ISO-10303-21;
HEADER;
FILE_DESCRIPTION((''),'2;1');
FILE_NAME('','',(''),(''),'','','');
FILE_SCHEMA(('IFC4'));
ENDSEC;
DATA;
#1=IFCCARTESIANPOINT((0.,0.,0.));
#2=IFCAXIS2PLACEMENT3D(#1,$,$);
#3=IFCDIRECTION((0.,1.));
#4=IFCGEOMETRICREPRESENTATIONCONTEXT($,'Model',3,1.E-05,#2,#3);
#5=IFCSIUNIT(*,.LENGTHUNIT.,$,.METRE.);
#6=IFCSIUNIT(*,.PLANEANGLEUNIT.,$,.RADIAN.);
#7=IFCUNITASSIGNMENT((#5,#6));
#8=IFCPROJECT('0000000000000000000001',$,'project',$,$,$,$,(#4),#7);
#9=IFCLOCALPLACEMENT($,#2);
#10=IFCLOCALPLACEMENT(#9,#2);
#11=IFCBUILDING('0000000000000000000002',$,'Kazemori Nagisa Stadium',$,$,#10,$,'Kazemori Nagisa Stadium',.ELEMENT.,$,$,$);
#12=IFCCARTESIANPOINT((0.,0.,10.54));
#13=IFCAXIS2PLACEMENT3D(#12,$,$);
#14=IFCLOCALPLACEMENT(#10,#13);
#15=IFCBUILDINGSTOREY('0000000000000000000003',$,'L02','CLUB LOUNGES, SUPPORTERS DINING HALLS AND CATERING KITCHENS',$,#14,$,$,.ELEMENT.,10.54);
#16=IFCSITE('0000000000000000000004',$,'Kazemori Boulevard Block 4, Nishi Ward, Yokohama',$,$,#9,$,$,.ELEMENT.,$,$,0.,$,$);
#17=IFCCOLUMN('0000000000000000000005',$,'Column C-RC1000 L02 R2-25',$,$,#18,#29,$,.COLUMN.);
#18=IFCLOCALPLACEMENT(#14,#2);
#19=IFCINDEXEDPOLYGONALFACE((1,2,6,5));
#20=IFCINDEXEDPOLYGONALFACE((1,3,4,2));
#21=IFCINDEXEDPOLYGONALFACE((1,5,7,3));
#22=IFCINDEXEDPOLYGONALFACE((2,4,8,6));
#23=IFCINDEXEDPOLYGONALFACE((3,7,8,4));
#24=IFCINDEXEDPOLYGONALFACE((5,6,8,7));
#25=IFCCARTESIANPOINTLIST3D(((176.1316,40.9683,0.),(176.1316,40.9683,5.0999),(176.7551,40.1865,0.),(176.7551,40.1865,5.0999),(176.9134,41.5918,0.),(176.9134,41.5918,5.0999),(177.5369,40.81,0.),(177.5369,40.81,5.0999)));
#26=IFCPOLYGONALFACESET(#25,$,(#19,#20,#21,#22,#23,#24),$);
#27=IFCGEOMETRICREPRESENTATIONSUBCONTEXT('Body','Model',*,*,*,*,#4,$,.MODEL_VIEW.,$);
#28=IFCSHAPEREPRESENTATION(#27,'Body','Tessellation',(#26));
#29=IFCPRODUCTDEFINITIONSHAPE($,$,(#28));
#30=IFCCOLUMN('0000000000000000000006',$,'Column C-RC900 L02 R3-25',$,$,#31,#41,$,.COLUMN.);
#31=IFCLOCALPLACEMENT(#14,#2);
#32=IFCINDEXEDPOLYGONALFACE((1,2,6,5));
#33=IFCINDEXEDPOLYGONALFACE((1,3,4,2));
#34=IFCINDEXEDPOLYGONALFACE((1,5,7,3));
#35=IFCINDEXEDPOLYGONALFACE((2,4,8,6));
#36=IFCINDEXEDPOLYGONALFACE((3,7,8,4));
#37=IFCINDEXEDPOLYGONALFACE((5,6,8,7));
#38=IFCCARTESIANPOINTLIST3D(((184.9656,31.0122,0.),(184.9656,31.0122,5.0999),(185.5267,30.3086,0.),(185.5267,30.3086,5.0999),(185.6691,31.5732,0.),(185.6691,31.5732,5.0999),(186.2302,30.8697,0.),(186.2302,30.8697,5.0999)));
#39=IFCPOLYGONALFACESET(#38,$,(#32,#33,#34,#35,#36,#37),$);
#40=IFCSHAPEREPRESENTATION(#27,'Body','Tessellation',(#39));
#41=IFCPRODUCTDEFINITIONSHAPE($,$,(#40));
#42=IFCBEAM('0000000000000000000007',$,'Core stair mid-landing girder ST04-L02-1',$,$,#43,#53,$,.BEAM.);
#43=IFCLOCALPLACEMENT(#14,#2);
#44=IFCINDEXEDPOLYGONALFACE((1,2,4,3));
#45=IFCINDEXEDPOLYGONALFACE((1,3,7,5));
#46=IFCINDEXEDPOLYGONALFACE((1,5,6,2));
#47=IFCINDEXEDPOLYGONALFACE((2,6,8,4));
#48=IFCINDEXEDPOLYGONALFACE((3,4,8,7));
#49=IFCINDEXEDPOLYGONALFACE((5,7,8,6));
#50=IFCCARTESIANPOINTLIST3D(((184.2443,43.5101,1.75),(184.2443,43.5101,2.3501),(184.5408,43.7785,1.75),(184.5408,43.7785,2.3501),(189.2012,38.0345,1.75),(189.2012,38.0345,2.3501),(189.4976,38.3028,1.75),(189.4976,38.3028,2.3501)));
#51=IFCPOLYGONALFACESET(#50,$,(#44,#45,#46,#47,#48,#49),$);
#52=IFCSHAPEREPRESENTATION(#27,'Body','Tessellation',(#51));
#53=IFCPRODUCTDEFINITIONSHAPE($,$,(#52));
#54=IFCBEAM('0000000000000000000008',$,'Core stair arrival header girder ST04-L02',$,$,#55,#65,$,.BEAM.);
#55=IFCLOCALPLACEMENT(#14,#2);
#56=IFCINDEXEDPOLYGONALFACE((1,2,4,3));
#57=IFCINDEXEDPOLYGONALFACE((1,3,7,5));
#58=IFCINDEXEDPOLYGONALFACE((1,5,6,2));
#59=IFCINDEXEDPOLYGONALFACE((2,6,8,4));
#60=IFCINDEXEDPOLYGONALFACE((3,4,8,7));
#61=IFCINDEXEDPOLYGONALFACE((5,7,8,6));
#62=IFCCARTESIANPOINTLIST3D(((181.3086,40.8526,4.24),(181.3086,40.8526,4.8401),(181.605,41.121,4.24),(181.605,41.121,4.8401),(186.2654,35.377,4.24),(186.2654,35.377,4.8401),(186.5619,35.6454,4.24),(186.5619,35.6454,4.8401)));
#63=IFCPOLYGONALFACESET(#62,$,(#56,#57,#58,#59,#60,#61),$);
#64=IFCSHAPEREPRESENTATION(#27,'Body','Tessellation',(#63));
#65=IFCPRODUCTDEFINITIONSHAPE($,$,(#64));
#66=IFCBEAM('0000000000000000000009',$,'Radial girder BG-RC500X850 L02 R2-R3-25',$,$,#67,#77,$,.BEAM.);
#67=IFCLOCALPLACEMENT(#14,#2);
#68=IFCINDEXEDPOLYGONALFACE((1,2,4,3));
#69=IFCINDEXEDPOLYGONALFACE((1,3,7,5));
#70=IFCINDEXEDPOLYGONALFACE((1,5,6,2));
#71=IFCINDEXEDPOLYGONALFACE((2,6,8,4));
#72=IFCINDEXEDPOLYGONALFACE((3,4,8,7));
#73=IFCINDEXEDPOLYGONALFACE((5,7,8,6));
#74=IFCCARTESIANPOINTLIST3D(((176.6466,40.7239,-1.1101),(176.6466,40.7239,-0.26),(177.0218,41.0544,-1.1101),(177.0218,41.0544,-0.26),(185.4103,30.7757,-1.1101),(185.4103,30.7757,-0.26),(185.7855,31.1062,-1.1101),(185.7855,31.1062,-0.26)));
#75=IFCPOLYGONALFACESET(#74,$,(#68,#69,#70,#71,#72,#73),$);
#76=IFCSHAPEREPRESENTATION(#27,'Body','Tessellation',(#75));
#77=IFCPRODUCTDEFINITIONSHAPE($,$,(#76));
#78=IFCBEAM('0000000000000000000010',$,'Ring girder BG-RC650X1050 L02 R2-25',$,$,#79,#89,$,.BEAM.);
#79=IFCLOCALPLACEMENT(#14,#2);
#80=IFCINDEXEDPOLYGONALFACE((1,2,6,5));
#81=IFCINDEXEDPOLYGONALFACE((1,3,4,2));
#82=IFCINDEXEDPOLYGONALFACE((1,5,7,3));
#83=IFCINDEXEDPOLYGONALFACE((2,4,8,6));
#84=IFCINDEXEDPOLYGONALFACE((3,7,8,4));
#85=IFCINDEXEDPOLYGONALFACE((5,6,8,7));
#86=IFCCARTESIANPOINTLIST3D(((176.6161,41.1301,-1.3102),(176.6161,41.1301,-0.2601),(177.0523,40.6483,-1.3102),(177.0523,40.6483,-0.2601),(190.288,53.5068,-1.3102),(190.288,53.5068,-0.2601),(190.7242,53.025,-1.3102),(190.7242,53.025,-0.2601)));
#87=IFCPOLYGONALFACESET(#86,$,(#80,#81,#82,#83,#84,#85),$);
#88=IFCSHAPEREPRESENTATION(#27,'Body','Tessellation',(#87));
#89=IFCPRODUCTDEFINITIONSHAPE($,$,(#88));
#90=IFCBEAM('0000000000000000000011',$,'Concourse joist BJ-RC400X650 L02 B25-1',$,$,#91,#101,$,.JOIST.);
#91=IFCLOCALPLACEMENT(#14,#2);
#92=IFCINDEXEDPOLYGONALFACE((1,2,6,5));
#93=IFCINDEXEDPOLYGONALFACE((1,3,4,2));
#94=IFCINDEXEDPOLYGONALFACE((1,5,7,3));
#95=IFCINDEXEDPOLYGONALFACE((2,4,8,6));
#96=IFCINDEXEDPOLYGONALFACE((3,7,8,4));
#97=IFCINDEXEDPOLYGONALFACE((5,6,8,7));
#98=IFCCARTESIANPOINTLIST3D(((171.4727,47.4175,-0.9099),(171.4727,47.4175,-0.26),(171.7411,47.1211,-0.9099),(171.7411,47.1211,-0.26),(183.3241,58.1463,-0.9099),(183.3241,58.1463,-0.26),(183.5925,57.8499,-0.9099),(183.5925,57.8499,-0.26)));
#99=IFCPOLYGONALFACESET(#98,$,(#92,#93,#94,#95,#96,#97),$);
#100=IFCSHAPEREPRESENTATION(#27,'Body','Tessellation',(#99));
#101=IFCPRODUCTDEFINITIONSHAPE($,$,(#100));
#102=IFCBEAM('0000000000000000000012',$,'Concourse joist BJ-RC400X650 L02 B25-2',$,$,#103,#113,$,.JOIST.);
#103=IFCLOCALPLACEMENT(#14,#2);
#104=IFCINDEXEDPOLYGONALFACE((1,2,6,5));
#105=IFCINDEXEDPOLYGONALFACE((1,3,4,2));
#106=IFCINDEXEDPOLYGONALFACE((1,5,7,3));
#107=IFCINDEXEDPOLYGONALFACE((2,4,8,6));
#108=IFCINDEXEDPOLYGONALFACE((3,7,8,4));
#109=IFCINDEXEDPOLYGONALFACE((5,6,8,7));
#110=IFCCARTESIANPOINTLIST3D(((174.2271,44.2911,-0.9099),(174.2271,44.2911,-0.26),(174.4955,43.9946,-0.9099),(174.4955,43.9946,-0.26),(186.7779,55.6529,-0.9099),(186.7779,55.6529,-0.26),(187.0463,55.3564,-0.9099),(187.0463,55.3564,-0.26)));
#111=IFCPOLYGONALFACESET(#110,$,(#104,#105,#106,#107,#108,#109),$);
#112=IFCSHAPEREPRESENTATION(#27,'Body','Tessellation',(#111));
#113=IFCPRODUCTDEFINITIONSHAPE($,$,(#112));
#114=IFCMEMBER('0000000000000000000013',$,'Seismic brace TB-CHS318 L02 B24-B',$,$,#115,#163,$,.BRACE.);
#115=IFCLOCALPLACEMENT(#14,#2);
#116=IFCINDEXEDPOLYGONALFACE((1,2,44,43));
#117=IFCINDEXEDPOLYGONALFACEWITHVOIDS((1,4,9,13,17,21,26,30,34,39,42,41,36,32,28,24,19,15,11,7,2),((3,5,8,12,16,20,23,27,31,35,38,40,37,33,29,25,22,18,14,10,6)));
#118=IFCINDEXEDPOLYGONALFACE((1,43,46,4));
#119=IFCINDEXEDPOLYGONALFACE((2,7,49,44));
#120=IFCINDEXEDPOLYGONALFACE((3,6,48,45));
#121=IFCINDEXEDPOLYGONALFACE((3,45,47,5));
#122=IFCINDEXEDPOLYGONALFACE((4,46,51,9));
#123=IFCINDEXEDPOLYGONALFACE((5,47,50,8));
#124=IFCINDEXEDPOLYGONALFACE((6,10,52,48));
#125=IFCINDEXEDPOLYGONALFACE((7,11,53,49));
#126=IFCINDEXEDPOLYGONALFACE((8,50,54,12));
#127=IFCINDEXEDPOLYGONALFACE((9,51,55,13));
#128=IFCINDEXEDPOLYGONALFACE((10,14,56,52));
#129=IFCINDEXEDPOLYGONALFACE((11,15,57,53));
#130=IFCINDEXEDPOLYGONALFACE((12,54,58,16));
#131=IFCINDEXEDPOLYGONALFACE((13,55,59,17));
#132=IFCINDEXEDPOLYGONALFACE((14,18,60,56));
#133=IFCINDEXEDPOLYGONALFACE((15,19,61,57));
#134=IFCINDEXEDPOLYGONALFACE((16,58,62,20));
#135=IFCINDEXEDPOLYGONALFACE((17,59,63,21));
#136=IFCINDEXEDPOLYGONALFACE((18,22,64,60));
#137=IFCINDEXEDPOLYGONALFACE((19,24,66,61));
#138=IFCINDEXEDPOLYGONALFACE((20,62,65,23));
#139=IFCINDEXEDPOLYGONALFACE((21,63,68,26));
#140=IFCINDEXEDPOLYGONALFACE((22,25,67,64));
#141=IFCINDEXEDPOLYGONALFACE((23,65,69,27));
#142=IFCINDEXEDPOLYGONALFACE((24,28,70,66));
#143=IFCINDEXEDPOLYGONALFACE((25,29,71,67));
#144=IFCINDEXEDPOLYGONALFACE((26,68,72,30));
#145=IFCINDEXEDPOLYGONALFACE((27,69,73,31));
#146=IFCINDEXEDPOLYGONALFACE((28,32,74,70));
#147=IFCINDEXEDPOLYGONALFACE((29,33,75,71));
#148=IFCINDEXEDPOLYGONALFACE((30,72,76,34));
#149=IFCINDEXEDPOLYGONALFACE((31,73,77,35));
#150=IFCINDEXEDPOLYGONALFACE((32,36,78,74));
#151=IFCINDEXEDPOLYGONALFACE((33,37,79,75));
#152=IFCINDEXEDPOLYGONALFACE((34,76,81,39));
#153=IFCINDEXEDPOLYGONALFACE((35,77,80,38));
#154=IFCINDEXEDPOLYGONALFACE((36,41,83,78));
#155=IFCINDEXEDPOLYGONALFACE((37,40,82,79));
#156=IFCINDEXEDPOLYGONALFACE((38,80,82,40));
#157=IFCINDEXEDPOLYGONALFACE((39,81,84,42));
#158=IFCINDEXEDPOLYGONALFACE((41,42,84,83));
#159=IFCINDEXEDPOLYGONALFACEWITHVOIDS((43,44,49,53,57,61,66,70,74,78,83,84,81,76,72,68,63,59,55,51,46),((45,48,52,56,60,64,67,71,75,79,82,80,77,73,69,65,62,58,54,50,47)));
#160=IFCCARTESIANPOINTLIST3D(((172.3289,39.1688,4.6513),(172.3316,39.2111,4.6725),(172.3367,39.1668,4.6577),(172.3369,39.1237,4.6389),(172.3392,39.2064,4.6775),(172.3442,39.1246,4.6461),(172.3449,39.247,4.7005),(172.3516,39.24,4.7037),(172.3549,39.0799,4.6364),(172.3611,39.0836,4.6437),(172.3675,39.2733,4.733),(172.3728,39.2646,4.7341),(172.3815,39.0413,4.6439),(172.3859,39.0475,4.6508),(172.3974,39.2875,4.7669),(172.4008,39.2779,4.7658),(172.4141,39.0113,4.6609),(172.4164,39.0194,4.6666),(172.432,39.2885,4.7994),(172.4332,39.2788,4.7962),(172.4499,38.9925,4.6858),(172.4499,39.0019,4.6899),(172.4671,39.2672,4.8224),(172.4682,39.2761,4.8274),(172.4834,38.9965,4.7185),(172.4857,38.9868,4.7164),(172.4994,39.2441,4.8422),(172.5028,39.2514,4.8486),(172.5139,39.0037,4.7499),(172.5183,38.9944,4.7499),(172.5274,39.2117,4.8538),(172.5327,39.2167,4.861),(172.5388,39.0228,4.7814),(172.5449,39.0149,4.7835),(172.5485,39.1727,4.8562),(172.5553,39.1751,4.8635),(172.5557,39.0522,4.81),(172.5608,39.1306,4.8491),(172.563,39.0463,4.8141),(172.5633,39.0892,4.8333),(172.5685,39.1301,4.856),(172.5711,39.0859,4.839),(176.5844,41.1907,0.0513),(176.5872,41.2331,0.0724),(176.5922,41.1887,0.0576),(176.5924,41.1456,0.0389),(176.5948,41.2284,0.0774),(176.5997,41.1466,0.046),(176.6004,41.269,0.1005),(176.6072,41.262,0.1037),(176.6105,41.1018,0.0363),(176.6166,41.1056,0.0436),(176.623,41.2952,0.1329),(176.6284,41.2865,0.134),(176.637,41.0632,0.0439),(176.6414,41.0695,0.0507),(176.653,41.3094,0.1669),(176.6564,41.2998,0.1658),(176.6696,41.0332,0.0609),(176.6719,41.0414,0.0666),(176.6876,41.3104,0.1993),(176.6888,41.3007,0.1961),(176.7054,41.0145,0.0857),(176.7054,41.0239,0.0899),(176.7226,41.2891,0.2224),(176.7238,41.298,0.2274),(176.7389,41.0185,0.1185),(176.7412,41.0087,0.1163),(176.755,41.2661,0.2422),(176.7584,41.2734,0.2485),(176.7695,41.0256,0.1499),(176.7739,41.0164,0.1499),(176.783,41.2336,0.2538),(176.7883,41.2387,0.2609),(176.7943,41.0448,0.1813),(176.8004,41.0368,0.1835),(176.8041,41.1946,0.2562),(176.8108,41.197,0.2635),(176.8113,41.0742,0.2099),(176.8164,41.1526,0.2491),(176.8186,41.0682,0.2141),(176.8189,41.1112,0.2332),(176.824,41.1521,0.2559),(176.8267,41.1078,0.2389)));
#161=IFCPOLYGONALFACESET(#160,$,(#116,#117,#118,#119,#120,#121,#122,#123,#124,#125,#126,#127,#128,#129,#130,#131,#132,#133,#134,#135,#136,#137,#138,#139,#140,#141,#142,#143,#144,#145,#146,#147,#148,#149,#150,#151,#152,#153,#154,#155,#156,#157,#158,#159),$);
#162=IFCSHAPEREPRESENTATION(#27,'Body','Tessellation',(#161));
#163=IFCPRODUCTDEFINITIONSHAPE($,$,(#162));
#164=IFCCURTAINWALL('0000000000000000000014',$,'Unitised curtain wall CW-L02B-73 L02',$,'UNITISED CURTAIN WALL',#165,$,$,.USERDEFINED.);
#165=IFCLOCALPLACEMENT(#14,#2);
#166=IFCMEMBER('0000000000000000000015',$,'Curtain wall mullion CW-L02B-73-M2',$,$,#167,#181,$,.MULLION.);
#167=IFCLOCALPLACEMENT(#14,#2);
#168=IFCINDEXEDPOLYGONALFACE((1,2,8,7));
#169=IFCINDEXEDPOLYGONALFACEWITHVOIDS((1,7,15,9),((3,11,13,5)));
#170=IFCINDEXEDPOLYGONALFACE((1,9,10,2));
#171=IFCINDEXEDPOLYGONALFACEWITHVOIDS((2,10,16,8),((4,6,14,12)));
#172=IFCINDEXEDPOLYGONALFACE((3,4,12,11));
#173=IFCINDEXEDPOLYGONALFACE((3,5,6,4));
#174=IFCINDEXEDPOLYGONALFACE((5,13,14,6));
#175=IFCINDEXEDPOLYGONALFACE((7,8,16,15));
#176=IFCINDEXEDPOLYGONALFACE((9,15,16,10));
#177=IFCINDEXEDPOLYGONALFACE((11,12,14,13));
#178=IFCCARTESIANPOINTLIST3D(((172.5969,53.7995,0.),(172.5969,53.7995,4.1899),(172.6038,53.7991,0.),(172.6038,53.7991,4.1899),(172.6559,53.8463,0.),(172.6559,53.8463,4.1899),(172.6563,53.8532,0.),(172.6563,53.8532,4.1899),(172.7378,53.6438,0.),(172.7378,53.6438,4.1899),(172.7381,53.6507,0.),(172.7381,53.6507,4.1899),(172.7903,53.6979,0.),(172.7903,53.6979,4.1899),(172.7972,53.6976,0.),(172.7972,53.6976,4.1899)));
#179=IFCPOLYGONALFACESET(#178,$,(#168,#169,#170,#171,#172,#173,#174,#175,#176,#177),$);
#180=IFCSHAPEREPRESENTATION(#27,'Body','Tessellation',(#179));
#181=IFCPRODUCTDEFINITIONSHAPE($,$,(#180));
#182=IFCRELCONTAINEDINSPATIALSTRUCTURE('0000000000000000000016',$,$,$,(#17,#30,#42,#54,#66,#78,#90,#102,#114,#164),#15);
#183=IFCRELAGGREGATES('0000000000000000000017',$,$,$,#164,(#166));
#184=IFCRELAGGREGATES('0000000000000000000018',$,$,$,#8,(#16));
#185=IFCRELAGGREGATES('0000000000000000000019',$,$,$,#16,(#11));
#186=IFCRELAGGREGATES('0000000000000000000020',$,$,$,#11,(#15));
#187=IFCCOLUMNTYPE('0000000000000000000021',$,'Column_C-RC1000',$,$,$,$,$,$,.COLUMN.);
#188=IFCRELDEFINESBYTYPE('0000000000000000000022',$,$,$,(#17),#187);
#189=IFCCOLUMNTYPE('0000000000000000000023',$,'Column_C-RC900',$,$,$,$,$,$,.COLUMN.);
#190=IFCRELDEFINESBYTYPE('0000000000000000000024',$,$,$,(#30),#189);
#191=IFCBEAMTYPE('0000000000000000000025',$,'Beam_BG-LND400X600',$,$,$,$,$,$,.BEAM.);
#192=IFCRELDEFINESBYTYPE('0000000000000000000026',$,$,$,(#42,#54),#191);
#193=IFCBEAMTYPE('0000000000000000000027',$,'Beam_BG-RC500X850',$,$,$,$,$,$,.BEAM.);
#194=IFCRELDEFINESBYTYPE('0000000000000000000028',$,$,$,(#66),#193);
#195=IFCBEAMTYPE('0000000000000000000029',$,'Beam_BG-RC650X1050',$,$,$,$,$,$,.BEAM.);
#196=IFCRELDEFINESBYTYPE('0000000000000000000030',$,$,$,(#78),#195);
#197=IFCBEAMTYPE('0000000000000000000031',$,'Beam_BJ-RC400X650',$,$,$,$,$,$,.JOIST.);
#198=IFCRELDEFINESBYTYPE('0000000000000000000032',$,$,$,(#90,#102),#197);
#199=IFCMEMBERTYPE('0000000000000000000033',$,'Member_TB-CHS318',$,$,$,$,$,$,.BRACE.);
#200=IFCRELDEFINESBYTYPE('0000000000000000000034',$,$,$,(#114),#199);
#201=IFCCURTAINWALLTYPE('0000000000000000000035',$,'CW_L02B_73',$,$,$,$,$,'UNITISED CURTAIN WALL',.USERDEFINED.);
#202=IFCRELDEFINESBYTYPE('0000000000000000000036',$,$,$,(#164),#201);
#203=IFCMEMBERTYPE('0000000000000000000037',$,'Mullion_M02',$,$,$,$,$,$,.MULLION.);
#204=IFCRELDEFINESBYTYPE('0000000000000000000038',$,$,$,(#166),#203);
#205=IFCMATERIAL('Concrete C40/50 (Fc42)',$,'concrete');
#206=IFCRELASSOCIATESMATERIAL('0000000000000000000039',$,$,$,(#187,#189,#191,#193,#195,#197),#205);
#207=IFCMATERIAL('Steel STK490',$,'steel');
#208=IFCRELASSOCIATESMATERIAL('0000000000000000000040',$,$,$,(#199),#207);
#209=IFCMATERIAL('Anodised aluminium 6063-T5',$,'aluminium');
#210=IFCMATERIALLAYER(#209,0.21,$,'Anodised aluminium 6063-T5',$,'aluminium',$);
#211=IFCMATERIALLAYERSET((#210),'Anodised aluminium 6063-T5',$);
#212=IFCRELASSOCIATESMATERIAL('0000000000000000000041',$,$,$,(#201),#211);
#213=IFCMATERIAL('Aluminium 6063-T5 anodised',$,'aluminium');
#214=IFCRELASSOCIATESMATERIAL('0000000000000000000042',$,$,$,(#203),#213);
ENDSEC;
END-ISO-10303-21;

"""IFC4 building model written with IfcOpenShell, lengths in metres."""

from ifc_helpers import new_model, si_unit, direction, frame, origin, origin_2d, place, context, subcontext, project, spatial, rectangle, hollow_rectangle, hollow_circle, extrude, material, layer, layer_set, material_profile, profile_set, type_object, element, aggregate, save


model = new_model("IFC4")

# Units and contexts
model_context = context("Model", 3, precision=1e-05, world=origin(), true_north=direction((0.0, 1.0)))
body_context = subcontext(model_context, "Body", "Model", "MODEL_VIEW")
ifc_project = project(units=[si_unit("LENGTHUNIT", "METRE"), si_unit("PLANEANGLEUNIT", "RADIAN")], contexts=[model_context])

# Site, building, storey
site_placement = place(None, origin())
site = spatial("IfcSite", under=ifc_project, at=site_placement, Name="Kazemori Boulevard Block 4, Nishi Ward, Yokohama", CompositionType="ELEMENT", RefElevation=0.0)
building_placement = place(site_placement, origin())
building = spatial("IfcBuilding", under=site, at=building_placement, Name="Kazemori Nagisa Stadium", LongName="Kazemori Nagisa Stadium", CompositionType="ELEMENT")
storey_placement = place(building_placement, frame((0.0, 0.0, 10.54)))
storey = spatial("IfcBuildingStorey", under=building, at=storey_placement, Name="L02", Description="CLUB LOUNGES, SUPPORTERS DINING HALLS AND CATERING KITCHENS", CompositionType="ELEMENT", Elevation=10.54)

# Columns
ifc_material_1 = material(Name="Concrete C40/50 (Fc42)", Category="concrete")
ifc_material_profile_1 = material_profile(ifc_material_1, rectangle(XDim=1.0, YDim=1.0, at=origin_2d()), Name="RC-COL-1000x1000")
ifc_profile_set_1 = profile_set([ifc_material_profile_1], Name="Concrete C40/50 (Fc42)")
column_type_1 = type_object("IfcColumnType", Name="Column_C-RC1000", PredefinedType="COLUMN", material=ifc_profile_set_1)
column_1_placement = place(storey_placement, frame((176.8342, 40.8892, 0.0), z_axis=(0.0, 0.0, 1.0), x_axis=(0.62349, -0.781831, 0.0)))
element("IfcColumn", 1, at=column_1_placement, inside=storey, type_object=column_type_1, Name="Column C-RC1000 L02 R2-25", PredefinedType="COLUMN", context=body_context, shape_type="SweptSolid", body=[
    extrude(rectangle(XDim=1.0, YDim=1.0, at=origin_2d()), origin(), (0.0, 0.0, 1.0), 5.0999),
])
ifc_material_profile_2 = material_profile(ifc_material_1, rectangle(XDim=0.8999, YDim=0.8999, at=origin_2d()), Name="RC-COL-900x900")
ifc_profile_set_2 = profile_set([ifc_material_profile_2], Name="Concrete C40/50 (Fc42)")
column_type_2 = type_object("IfcColumnType", Name="Column_C-RC900", PredefinedType="COLUMN", material=ifc_profile_set_2)
column_2_placement = place(storey_placement, frame((185.5979, 30.9409, 0.0), z_axis=(0.0, 0.0, 1.0), x_axis=(0.62349, -0.781831, 0.0)))
element("IfcColumn", 2, at=column_2_placement, inside=storey, type_object=column_type_2, Name="Column C-RC900 L02 R3-25", PredefinedType="COLUMN", context=body_context, shape_type="SweptSolid", body=[
    extrude(rectangle(XDim=0.8999, YDim=0.8999, at=origin_2d()), origin(), (0.0, 0.0, 1.0), 5.0999),
])

# Beams
ifc_material_profile_3 = material_profile(ifc_material_1, rectangle(XDim=0.3999, YDim=0.6001, at=origin_2d()), Name="RC-BM-400x600")
ifc_profile_set_3 = profile_set([ifc_material_profile_3], Name="Concrete C40/50 (Fc42)")
beam_type_1 = type_object("IfcBeamType", Name="Beam_BG-LND400X600", PredefinedType="BEAM", material=ifc_profile_set_3)
for number, where, z_axis, x_axis, name in (
    (3, (184.3926, 43.6443, 2.05), (0.671113, -0.741355, 0.0), (0.741355, 0.671113, 0.0), "Core stair mid-landing girder ST04-L02-1"),
    (4, (181.4568, 40.9868, 4.54), (0.671113, -0.741355, 0.0), (0.741355, 0.671113, 0.0), "Core stair arrival header girder ST04-L02"),
):
    element("IfcBeam", number, at=place(storey_placement, frame(where, z_axis=z_axis, x_axis=x_axis)), inside=storey, type_object=beam_type_1, Name=name, PredefinedType="BEAM", context=body_context, shape_type="SweptSolid", body=[
        extrude(rectangle(XDim=0.3999, YDim=0.6001, at=origin_2d()), origin(), (0.0, 0.0, 1.0), 7.386),
    ])
ifc_material_profile_4 = material_profile(ifc_material_1, rectangle(XDim=0.5, YDim=0.8501, at=origin_2d()), Name="RC-BM-500x850")
ifc_profile_set_4 = profile_set([ifc_material_profile_4], Name="Concrete C40/50 (Fc42)")
beam_type_2 = type_object("IfcBeamType", Name="Beam_BG-RC500X850", PredefinedType="BEAM", material=ifc_profile_set_4)
beam_1_placement = place(storey_placement, frame((176.8342, 40.8892, -0.6851), z_axis=(0.66102, -0.750369, 0.0), x_axis=(0.750369, 0.66102, 0.0)))
element("IfcBeam", 5, at=beam_1_placement, inside=storey, type_object=beam_type_2, Name="Radial girder BG-RC500X850 L02 R2-R3-25", PredefinedType="BEAM", context=body_context, shape_type="SweptSolid", body=[
    extrude(rectangle(XDim=0.5, YDim=0.8501, at=origin_2d()), origin(), (0.0, 0.0, 1.0), 13.2578),
])
ifc_material_profile_5 = material_profile(ifc_material_1, rectangle(XDim=0.6499, YDim=1.05, at=origin_2d()), Name="RC-BM-650x1050")
ifc_profile_set_5 = profile_set([ifc_material_profile_5], Name="Concrete C40/50 (Fc42)")
beam_type_3 = type_object("IfcBeamType", Name="Beam_BG-RC650X1050", PredefinedType="BEAM", material=ifc_profile_set_5)
beam_2_placement = place(storey_placement, frame((176.8342, 40.8892, -0.7852), z_axis=(0.741349, 0.67112, 0.0), x_axis=(-0.67112, 0.741349, 0.0)))
element("IfcBeam", 6, at=beam_2_placement, inside=storey, type_object=beam_type_3, Name="Ring girder BG-RC650X1050 L02 R2-25", PredefinedType="BEAM", context=body_context, shape_type="SweptSolid", body=[
    extrude(rectangle(XDim=0.6499, YDim=1.05, at=origin_2d()), origin(), (0.0, 0.0, 1.0), 18.4419),
])
ifc_material_profile_6 = material_profile(ifc_material_1, rectangle(XDim=0.3999, YDim=0.6499, at=origin_2d()), Name="RC-BM-400x650")
ifc_profile_set_6 = profile_set([ifc_material_profile_6], Name="Concrete C40/50 (Fc42)")
beam_type_4 = type_object("IfcBeamType", Name="Beam_BJ-RC400X650", PredefinedType="JOIST", material=ifc_profile_set_6)
beam_3_placement = place(storey_placement, frame((171.6069, 47.2693, -0.585), z_axis=(0.741345, 0.671124, 0.0), x_axis=(-0.671124, 0.741345, 0.0)))
element("IfcBeam", 7, at=beam_3_placement, inside=storey, type_object=beam_type_4, Name="Concourse joist BJ-RC400X650 L02 B25-1", PredefinedType="JOIST", context=body_context, shape_type="SweptSolid", body=[
    extrude(rectangle(XDim=0.3999, YDim=0.6499, at=origin_2d()), origin(), (0.0, 0.0, 1.0), 15.9863),
])
beam_4_placement = place(storey_placement, frame((174.3613, 44.1428, -0.585), z_axis=(0.741349, 0.671119, 0.0), x_axis=(-0.671119, 0.741349, 0.0)))
element("IfcBeam", 8, at=beam_4_placement, inside=storey, type_object=beam_type_4, Name="Concourse joist BJ-RC400X650 L02 B25-2", PredefinedType="JOIST", context=body_context, shape_type="SweptSolid", body=[
    extrude(rectangle(XDim=0.3999, YDim=0.6499, at=origin_2d()), origin(), (0.0, 0.0, 1.0), 16.9297),
])

# Member
ifc_material_2 = material(Name="Steel STK490", Category="steel")
ifc_material_profile_7 = material_profile(ifc_material_2, hollow_circle(Radius=0.1592, WallThickness=0.0103, at=origin_2d()), Name="CHS-318.5x10.3")
ifc_profile_set_7 = profile_set([ifc_material_profile_7], Name="Steel STK490")
member_type_1 = type_object("IfcMemberType", Name="Member_TB-CHS318", PredefinedType="BRACE", material=ifc_profile_set_7)
member_1_placement = place(storey_placement, frame((176.7056, 41.1602, 0.1499), z_axis=(-0.646279, -0.307067, 0.698594), x_axis=(0.429153, -0.903232, 0.0)))
element("IfcMember", 9, at=member_1_placement, inside=storey, type_object=member_type_1, Name="Seismic brace TB-CHS318 L02 B24-B", PredefinedType="BRACE", context=body_context, shape_type="SweptSolid", body=[
    extrude(hollow_circle(Radius=0.1592, WallThickness=0.0103, at=origin_2d()), origin(), (0.0, 0.0, 1.0), 6.5847),
])

# Curtain wall, member
ifc_material_3 = material(Name="Anodised aluminium 6063-T5", Category="aluminium")
ifc_layer_1 = layer(ifc_material_3, 0.21, Name="Anodised aluminium 6063-T5", Category="aluminium")
ifc_layer_set_1 = layer_set([ifc_layer_1], Name="Anodised aluminium 6063-T5")
curtain_wall_type = type_object("IfcCurtainWallType", Name="CW_L02B_73", ElementType="UNITISED CURTAIN WALL", PredefinedType="USERDEFINED", material=ifc_layer_set_1)
curtain_wall_placement = place(storey_placement, origin())
curtain_wall = element("IfcCurtainWall", 10, at=curtain_wall_placement, inside=storey, type_object=curtain_wall_type, Name="Unitised curtain wall CW-L02B-73 L02", ObjectType="UNITISED CURTAIN WALL", PredefinedType="USERDEFINED")
ifc_material_4 = material(Name="Aluminium 6063-T5 anodised", Category="aluminium")
ifc_material_profile_8 = material_profile(ifc_material_4, hollow_rectangle(XDim=0.0801, YDim=0.21, WallThickness=0.0049, at=origin_2d()), Name="ALU-MULL-80x210x5")
ifc_profile_set_8 = profile_set([ifc_material_profile_8], Name="Aluminium 6063-T5 anodised")
member_type_2 = type_object("IfcMemberType", Name="Mullion_M02", PredefinedType="MULLION", material=ifc_profile_set_8)
member_2_placement = place(storey_placement, frame((172.697, 53.7485, 0.0), z_axis=(0.0, 0.0, 1.0), x_axis=(0.741351, 0.671118, 0.0)))
member_2 = element("IfcMember", 11, at=member_2_placement, type_object=member_type_2, Name="Curtain wall mullion CW-L02B-73-M2", PredefinedType="MULLION", context=body_context, shape_type="SweptSolid", body=[
    extrude(hollow_rectangle(XDim=0.0801, YDim=0.21, WallThickness=0.0049, at=origin_2d()), origin(), (0.0, 0.0, 1.0), 4.1899),
])
aggregate(curtain_wall, [member_2])

save(model, "model.ifc")
